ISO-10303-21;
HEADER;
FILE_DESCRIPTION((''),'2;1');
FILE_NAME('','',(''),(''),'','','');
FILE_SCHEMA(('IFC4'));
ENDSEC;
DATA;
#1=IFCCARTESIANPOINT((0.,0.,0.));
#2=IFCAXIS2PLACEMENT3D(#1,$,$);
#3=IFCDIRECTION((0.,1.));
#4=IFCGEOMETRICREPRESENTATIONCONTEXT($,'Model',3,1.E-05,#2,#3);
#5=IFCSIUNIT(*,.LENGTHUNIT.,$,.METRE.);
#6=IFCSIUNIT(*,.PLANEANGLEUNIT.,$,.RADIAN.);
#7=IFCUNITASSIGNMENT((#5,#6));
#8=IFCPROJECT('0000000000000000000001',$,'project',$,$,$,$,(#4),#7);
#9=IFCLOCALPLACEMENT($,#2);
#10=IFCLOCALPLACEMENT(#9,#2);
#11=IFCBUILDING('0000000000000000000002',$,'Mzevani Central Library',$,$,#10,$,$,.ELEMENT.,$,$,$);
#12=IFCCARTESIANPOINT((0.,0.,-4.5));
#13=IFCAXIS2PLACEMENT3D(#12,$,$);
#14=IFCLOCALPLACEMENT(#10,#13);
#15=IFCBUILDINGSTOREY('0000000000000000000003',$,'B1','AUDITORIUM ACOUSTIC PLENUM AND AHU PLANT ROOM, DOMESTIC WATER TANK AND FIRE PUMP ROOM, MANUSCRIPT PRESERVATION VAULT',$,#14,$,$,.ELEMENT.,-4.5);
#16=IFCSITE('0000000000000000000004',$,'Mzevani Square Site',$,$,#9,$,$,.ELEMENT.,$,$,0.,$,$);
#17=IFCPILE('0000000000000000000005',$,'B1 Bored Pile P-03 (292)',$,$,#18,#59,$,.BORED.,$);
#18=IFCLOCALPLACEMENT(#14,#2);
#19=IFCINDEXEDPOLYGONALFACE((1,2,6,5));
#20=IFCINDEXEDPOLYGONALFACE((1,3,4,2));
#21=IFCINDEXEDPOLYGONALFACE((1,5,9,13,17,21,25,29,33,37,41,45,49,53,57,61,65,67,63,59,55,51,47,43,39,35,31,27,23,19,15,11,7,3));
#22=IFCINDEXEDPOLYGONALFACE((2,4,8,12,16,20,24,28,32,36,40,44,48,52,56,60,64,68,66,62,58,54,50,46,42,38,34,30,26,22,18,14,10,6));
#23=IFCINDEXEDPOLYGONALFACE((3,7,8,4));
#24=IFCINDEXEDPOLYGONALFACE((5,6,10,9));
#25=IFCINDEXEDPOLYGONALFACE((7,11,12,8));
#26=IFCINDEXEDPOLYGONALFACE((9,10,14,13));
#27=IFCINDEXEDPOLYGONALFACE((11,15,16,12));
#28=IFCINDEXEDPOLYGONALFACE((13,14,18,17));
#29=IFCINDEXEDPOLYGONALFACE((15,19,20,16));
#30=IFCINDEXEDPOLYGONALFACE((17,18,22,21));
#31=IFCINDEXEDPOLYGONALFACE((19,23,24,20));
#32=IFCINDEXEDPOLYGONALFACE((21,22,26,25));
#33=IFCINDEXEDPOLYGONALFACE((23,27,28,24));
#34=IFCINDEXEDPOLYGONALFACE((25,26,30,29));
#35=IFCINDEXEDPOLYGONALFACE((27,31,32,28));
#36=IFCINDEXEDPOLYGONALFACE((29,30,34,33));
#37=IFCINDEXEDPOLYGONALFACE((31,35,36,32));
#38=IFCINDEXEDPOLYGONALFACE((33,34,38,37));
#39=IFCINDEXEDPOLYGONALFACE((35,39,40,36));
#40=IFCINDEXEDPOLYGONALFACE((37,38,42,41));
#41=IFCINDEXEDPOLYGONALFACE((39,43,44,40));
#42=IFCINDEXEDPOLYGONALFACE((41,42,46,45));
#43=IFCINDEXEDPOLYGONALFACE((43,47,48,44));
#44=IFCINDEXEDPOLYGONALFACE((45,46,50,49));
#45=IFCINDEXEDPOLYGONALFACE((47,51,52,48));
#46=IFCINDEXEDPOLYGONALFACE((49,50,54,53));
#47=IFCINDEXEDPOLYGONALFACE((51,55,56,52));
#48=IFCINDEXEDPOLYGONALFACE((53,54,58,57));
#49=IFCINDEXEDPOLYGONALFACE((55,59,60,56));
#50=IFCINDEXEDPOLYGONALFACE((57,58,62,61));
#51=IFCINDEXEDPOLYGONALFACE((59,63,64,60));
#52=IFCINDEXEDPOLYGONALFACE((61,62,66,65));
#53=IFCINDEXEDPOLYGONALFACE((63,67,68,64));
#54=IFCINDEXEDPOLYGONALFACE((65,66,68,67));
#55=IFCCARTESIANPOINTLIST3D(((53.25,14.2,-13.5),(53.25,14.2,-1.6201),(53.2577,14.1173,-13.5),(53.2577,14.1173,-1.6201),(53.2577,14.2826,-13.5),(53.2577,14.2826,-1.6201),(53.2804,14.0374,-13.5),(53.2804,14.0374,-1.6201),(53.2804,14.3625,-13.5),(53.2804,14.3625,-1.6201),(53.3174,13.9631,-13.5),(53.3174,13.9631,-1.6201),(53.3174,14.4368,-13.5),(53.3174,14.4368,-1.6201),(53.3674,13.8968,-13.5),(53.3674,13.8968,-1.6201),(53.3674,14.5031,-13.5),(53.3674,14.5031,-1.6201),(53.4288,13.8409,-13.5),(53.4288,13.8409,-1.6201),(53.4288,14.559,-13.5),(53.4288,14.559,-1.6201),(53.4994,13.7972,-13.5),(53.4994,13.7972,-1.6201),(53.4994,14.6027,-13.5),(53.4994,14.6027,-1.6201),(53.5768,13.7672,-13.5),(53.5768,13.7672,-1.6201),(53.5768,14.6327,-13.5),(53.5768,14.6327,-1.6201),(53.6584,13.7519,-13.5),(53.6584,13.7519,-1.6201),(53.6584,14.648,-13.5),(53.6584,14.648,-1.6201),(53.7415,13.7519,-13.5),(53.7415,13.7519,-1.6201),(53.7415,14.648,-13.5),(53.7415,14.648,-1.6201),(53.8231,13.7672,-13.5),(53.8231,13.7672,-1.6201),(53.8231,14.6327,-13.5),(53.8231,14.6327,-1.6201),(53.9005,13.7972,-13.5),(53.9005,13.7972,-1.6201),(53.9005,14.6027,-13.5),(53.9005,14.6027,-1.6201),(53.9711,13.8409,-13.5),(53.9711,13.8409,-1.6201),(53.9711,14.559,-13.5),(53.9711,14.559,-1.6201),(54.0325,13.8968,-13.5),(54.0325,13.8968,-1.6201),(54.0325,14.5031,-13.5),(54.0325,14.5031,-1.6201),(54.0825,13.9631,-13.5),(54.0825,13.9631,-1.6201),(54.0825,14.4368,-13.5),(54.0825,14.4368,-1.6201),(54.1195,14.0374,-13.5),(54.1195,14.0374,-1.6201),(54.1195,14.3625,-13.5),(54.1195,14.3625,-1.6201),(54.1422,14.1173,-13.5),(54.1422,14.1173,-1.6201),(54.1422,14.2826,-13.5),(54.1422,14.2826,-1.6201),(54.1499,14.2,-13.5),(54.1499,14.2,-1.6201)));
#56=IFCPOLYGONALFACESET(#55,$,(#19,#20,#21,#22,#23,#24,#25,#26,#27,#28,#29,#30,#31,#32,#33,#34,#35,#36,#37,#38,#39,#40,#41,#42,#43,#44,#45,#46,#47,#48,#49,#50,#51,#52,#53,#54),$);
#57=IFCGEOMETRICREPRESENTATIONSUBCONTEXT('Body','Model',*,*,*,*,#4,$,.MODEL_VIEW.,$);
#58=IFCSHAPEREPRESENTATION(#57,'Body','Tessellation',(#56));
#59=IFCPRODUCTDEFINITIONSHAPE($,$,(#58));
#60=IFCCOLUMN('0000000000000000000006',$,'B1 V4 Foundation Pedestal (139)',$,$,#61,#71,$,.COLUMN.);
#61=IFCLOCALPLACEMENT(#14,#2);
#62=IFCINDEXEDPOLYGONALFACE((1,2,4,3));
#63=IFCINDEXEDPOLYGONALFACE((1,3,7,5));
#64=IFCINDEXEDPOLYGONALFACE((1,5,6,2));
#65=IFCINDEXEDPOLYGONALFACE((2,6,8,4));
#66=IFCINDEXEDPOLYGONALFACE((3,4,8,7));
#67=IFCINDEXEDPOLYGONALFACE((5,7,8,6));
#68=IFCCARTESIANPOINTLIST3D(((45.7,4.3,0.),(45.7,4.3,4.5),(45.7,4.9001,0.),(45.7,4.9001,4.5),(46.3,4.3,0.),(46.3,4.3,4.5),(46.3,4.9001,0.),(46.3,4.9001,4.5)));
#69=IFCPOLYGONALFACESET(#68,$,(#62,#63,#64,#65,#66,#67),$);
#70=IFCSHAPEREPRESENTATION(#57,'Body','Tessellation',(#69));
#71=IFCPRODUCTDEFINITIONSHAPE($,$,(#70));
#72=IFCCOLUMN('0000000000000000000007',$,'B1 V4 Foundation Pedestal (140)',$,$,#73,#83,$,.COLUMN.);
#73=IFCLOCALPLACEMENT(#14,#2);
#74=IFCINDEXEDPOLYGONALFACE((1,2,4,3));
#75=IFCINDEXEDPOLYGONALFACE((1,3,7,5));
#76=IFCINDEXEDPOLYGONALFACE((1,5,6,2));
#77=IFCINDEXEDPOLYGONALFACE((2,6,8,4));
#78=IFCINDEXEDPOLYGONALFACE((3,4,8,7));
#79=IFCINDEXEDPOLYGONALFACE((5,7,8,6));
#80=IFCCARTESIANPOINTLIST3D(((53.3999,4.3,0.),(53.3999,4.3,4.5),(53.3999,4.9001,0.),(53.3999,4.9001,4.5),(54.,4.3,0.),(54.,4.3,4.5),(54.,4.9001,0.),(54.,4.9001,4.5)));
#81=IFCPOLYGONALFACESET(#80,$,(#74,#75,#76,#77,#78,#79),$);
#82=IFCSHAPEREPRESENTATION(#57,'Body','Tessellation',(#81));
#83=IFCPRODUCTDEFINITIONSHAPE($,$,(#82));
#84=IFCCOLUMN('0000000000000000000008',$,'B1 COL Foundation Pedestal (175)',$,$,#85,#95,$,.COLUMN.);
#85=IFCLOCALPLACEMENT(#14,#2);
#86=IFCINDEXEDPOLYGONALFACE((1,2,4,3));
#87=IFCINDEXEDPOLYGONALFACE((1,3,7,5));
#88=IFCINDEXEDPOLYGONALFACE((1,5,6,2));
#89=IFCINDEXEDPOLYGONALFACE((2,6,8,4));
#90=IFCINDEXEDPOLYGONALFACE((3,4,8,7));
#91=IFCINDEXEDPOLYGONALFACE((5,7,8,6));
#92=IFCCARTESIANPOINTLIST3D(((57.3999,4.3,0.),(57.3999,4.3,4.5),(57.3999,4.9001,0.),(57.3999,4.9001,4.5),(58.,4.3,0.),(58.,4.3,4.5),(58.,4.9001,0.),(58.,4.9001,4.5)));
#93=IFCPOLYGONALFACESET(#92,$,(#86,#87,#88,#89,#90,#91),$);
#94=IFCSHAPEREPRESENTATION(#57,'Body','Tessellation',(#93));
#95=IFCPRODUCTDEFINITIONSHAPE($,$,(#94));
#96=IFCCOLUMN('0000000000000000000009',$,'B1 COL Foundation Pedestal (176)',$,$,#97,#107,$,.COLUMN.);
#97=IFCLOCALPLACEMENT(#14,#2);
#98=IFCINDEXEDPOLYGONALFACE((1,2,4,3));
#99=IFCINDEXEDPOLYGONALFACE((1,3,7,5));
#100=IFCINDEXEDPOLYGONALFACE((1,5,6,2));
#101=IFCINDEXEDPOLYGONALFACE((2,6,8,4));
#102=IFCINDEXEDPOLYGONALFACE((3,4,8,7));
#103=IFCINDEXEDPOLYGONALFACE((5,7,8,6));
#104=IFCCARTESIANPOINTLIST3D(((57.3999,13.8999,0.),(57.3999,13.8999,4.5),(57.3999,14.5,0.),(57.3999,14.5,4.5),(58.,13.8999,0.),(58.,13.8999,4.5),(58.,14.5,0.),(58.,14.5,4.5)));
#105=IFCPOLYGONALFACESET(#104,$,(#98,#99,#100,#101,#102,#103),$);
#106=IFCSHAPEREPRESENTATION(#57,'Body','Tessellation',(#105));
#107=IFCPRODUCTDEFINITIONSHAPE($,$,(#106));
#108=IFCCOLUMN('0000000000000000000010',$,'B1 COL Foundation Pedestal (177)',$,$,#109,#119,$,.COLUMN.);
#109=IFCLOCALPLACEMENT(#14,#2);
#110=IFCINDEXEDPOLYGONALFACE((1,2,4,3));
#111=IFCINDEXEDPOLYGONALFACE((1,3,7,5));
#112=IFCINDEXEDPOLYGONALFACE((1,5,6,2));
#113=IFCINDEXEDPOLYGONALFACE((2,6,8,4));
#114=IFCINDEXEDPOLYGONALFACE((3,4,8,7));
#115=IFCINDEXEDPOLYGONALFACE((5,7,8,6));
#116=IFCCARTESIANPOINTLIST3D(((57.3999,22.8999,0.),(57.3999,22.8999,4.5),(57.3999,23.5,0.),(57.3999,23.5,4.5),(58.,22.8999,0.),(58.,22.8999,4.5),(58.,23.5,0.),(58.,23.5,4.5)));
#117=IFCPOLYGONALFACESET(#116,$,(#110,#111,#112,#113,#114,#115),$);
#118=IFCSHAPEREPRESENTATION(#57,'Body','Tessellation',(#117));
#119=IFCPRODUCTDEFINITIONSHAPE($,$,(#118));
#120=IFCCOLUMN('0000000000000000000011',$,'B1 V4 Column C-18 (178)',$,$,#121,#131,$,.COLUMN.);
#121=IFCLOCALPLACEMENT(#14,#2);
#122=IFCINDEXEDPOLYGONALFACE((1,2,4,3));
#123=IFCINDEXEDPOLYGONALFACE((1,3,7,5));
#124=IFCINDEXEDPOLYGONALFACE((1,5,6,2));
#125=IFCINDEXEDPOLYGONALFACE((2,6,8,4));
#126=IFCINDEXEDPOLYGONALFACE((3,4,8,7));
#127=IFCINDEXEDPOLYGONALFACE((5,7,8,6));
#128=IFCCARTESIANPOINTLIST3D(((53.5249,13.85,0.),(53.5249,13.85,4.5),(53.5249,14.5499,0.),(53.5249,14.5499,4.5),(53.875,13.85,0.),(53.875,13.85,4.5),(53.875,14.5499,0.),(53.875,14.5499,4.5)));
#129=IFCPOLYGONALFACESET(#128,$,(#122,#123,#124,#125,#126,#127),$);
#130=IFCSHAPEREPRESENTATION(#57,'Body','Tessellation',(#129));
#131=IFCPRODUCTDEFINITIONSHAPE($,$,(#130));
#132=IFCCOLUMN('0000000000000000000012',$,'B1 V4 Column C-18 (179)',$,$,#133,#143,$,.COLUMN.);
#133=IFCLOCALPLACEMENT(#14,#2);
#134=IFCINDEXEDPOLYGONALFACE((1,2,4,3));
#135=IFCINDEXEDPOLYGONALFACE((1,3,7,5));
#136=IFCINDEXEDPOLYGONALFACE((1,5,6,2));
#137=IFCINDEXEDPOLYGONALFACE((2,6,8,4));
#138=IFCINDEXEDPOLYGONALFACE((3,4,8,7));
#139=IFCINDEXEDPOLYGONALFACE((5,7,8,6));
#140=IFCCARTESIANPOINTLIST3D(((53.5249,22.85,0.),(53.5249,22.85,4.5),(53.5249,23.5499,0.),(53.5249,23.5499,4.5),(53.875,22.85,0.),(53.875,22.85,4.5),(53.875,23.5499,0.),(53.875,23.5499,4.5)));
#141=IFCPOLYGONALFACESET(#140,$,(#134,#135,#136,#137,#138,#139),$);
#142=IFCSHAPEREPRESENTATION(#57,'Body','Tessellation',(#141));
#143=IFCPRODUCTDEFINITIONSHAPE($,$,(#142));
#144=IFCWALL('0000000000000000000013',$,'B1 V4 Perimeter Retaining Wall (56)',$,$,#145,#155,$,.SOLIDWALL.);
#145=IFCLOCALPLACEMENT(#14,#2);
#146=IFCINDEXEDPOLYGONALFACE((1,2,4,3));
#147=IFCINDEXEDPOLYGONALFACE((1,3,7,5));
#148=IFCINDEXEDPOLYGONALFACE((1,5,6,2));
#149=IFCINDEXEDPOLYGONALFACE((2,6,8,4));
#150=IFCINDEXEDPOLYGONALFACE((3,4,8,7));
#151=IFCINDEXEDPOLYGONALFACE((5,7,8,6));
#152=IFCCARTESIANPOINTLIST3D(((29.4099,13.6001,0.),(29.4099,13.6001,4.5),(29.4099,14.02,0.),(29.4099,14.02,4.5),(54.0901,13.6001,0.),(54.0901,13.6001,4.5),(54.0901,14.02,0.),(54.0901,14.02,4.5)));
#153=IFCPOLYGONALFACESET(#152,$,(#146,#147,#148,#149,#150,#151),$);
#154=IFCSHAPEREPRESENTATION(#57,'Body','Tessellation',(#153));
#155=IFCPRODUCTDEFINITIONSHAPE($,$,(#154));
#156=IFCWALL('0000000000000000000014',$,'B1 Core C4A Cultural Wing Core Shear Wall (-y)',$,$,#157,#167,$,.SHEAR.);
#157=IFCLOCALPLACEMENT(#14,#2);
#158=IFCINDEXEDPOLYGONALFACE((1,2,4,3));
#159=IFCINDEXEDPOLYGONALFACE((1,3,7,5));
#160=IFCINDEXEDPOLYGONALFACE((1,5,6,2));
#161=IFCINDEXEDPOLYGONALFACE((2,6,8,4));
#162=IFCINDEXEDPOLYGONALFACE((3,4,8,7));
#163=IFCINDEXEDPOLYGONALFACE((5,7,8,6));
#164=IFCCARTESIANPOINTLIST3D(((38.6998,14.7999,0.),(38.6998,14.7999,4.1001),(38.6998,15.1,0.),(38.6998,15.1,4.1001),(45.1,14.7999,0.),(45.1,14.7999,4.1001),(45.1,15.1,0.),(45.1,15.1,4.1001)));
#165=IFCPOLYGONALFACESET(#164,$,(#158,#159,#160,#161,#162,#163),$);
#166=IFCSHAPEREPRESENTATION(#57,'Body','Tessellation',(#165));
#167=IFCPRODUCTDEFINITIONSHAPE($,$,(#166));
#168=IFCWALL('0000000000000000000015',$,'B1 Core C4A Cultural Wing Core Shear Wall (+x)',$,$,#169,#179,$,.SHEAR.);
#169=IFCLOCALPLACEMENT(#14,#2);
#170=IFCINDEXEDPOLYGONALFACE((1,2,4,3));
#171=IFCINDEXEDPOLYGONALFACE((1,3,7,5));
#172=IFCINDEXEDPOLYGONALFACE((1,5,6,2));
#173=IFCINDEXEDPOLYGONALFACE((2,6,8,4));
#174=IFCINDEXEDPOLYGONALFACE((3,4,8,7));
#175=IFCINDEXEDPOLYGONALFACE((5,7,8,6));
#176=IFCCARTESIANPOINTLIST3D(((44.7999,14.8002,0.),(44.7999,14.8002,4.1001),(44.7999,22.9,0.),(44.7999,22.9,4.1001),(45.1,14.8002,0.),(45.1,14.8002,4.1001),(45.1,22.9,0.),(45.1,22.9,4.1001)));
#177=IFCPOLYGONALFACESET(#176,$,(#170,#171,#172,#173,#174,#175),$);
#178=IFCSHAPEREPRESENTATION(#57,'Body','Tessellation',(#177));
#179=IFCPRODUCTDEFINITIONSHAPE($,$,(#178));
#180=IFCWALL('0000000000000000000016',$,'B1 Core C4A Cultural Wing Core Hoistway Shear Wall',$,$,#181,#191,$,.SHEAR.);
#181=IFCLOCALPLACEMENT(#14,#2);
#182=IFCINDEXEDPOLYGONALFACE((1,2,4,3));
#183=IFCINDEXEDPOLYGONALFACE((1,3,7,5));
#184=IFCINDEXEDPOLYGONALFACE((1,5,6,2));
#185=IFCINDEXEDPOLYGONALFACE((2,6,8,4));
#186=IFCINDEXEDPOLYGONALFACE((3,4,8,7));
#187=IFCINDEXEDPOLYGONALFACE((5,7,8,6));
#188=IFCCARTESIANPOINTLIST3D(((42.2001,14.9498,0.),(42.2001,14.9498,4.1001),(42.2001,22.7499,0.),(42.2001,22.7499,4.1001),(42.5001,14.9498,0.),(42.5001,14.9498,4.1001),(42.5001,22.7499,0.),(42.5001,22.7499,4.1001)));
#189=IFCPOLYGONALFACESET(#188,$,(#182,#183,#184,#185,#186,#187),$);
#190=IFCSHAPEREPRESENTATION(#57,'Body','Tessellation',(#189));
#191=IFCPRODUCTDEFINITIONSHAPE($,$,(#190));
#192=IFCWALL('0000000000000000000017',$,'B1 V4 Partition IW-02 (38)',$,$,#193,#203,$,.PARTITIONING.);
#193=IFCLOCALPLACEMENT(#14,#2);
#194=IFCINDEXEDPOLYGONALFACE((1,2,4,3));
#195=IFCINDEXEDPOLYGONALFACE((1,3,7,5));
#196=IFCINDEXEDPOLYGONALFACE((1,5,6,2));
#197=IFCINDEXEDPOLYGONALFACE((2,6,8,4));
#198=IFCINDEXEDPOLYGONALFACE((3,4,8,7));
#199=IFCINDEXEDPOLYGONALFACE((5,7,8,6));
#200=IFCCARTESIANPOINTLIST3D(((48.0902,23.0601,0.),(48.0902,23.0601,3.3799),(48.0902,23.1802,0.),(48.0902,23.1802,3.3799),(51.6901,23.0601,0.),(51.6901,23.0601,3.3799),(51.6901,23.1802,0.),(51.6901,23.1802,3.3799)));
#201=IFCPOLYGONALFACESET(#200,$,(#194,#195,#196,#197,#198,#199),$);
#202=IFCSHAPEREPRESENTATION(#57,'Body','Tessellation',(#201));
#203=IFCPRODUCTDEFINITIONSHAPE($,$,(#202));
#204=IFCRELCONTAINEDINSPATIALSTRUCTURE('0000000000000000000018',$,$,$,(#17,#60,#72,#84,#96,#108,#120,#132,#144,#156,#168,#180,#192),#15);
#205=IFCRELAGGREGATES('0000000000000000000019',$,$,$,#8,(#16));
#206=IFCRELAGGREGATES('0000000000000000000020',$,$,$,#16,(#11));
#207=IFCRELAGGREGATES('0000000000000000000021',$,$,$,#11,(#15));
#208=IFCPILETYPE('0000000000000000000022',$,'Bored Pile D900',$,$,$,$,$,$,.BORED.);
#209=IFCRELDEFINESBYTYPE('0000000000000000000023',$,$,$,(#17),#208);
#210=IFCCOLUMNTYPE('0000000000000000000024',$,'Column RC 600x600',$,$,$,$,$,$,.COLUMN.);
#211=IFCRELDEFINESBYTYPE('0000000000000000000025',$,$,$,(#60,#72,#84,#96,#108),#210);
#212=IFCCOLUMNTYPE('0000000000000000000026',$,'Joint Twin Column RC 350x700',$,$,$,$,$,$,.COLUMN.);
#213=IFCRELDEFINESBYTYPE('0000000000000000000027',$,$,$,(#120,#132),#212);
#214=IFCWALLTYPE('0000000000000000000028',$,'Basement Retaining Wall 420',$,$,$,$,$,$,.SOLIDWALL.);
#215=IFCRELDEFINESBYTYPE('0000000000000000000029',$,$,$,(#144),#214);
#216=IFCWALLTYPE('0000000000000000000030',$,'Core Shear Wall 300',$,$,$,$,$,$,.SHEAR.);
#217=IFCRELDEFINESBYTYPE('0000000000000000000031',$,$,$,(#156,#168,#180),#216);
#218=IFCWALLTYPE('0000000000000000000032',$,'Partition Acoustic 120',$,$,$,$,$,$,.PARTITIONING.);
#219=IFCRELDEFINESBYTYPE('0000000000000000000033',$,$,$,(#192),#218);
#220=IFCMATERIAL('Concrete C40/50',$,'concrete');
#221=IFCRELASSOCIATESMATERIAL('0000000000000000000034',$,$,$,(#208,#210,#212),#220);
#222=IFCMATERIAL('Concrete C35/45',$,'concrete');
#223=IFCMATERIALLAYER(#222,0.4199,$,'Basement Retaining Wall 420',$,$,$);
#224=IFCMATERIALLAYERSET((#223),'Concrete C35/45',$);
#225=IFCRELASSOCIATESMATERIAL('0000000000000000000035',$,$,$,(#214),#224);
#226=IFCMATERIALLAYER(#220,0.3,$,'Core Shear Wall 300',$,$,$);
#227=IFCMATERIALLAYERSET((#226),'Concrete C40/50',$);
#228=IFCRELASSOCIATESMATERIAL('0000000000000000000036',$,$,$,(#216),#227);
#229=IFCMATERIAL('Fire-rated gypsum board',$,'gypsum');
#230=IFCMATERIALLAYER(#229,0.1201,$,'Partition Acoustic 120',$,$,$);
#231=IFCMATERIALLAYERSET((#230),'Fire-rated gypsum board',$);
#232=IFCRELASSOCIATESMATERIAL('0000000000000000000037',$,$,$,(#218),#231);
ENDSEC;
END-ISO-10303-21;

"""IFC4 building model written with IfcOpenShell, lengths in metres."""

from ifc_helpers import new_model, si_unit, direction, frame, frame_2d, origin, origin_2d, place, context, subcontext, project, spatial, rectangle, circle, extrude, material, layer, layer_set, material_profile, profile_set, type_object, element, save


model = new_model("IFC4")

# Units and contexts
model_context = context("Model", 3, precision=1e-05, world=origin(), true_north=direction((0.0, 1.0)))
body_context = subcontext(model_context, "Body", "Model", "MODEL_VIEW")
ifc_project = project(units=[si_unit("LENGTHUNIT", "METRE"), si_unit("PLANEANGLEUNIT", "RADIAN")], contexts=[model_context])

# Site, building, storey
site_placement = place(None, origin())
site = spatial("IfcSite", under=ifc_project, at=site_placement, Name="Mzevani Square Site", CompositionType="ELEMENT", RefElevation=0.0)
building_placement = place(site_placement, origin())
building = spatial("IfcBuilding", under=site, at=building_placement, Name="Mzevani Central Library", CompositionType="ELEMENT")
storey_placement = place(building_placement, frame((0.0, 0.0, -4.5)))
storey = spatial("IfcBuildingStorey", under=building, at=storey_placement, Name="B1", Description="AUDITORIUM ACOUSTIC PLENUM AND AHU PLANT ROOM, DOMESTIC WATER TANK AND FIRE PUMP ROOM, MANUSCRIPT PRESERVATION VAULT", CompositionType="ELEMENT", Elevation=-4.5)

# Pile
ifc_material_1 = material(Name="Concrete C40/50", Category="concrete")
ifc_material_profile_1 = material_profile(ifc_material_1, circle(Radius=0.45, at=origin_2d()), Name="PILE D900")
ifc_profile_set_1 = profile_set([ifc_material_profile_1], Name="Concrete C40/50")
pile_type_1 = type_object("IfcPileType", Name="Bored Pile D900", PredefinedType="BORED", material=ifc_profile_set_1)
pile_1_placement = place(storey_placement, frame((53.7, 14.2, -1.6201), z_axis=(0.0, 0.0, -1.0), x_axis=(1.0, 0.0, 0.0)))
element("IfcPile", 1, at=pile_1_placement, inside=storey, type_object=pile_type_1, Name="B1 Bored Pile P-03 (292)", PredefinedType="BORED", context=body_context, shape_type="SweptSolid", body=[
    extrude(circle(Radius=0.45, at=origin_2d()), origin(), (0.0, 0.0, 1.0), 11.8799),
])

# Columns
ifc_material_profile_2 = material_profile(ifc_material_1, rectangle(XDim=0.6001, YDim=0.6001, at=origin_2d()), Name="RC 600x600")
ifc_profile_set_2 = profile_set([ifc_material_profile_2], Name="Concrete C40/50")
column_type_1 = type_object("IfcColumnType", Name="Column RC 600x600", PredefinedType="COLUMN", material=ifc_profile_set_2)
for number, where, z_axis, x_axis, name in (
    (2, (46.0, 4.6001, 0.0), (0.0, 0.0, 1.0), (1.0, 0.0, 0.0), "B1 V4 Foundation Pedestal (139)"),
    (3, (53.7, 4.6001, 0.0), (0.0, 0.0, 1.0), (1.0, 0.0, 0.0), "B1 V4 Foundation Pedestal (140)"),
    (4, (57.7, 4.6001, 0.0), (0.0, 0.0, 1.0), (1.0, 0.0, 0.0), "B1 COL Foundation Pedestal (175)"),
    (5, (57.7, 14.2, 0.0), (0.0, 0.0, 1.0), (1.0, 0.0, 0.0), "B1 COL Foundation Pedestal (176)"),
    (6, (57.7, 23.2, 0.0), (0.0, 0.0, 1.0), (1.0, 0.0, 0.0), "B1 COL Foundation Pedestal (177)"),
):
    element("IfcColumn", number, at=place(storey_placement, frame(where, z_axis=z_axis, x_axis=x_axis)), inside=storey, type_object=column_type_1, Name=name, PredefinedType="COLUMN", context=body_context, shape_type="SweptSolid", body=[
        extrude(rectangle(XDim=0.6001, YDim=0.6001, at=origin_2d()), origin(), (0.0, 0.0, 1.0), 4.5),
    ])
ifc_material_profile_3 = material_profile(ifc_material_1, rectangle(XDim=0.3501, YDim=0.7, at=origin_2d()), Name="RC 350x700")
ifc_profile_set_3 = profile_set([ifc_material_profile_3], Name="Concrete C40/50")
column_type_2 = type_object("IfcColumnType", Name="Joint Twin Column RC 350x700", PredefinedType="COLUMN", material=ifc_profile_set_3)
for number, where, z_axis, x_axis, name in (
    (7, (53.7, 14.2, 0.0), (0.0, 0.0, 1.0), (1.0, 0.0, 0.0), "B1 V4 Column C-18 (178)"),
    (8, (53.7, 23.2, 0.0), (0.0, 0.0, 1.0), (1.0, 0.0, 0.0), "B1 V4 Column C-18 (179)"),
):
    element("IfcColumn", number, at=place(storey_placement, frame(where, z_axis=z_axis, x_axis=x_axis)), inside=storey, type_object=column_type_2, Name=name, PredefinedType="COLUMN", context=body_context, shape_type="SweptSolid", body=[
        extrude(rectangle(XDim=0.3501, YDim=0.7, at=origin_2d()), origin(), (0.0, 0.0, 1.0), 4.5),
    ])

# Walls
ifc_material_2 = material(Name="Concrete C35/45", Category="concrete")
ifc_layer_1 = layer(ifc_material_2, 0.4199, Name="Basement Retaining Wall 420")
ifc_layer_set_1 = layer_set([ifc_layer_1], Name="Concrete C35/45")
wall_type_1 = type_object("IfcWallType", Name="Basement Retaining Wall 420", PredefinedType="SOLIDWALL", material=ifc_layer_set_1)
wall_1_placement = place(storey_placement, frame((54.0901, 13.8101, 0.0), z_axis=(0.0, 0.0, 1.0), x_axis=(-1.0, 0.0, 0.0)))
element("IfcWall", 9, at=wall_1_placement, inside=storey, type_object=wall_type_1, Name="B1 V4 Perimeter Retaining Wall (56)", PredefinedType="SOLIDWALL", context=body_context, shape_type="SweptSolid", body=[
    extrude(rectangle(XDim=24.6802, YDim=0.4199, at=frame_2d((12.3401, 0.0))), origin(), (0.0, 0.0, 1.0), 4.5),
])
ifc_layer_2 = layer(ifc_material_1, 0.3, Name="Core Shear Wall 300")
ifc_layer_set_2 = layer_set([ifc_layer_2], Name="Concrete C40/50")
wall_type_2 = type_object("IfcWallType", Name="Core Shear Wall 300", PredefinedType="SHEAR", material=ifc_layer_set_2)
wall_2_placement = place(storey_placement, frame((45.1001, 14.95, 0.0), z_axis=(0.0, 0.0, 1.0), x_axis=(-1.0, 0.0, 0.0)))
element("IfcWall", 10, at=wall_2_placement, inside=storey, type_object=wall_type_2, Name="B1 Core C4A Cultural Wing Core Shear Wall (-y)", PredefinedType="SHEAR", context=body_context, shape_type="SweptSolid", body=[
    extrude(rectangle(XDim=6.4001, YDim=0.3, at=frame_2d((3.2002, 0.0))), origin(), (0.0, 0.0, 1.0), 4.1001),
])
wall_3_placement = place(storey_placement, frame((44.95, 22.8999, 0.0), z_axis=(0.0, 0.0, 1.0), x_axis=(0.0, -1.0, 0.0)))
element("IfcWall", 11, at=wall_3_placement, inside=storey, type_object=wall_type_2, Name="B1 Core C4A Cultural Wing Core Shear Wall (+x)", PredefinedType="SHEAR", context=body_context, shape_type="SweptSolid", body=[
    extrude(rectangle(XDim=8.0999, YDim=0.3, at=frame_2d((4.0498, 0.0))), origin(), (0.0, 0.0, 1.0), 4.1001),
])
wall_4_placement = place(storey_placement, frame((42.3501, 14.95, 0.0), z_axis=(0.0, 0.0, 1.0), x_axis=(0.0, 1.0, 0.0)))
element("IfcWall", 12, at=wall_4_placement, inside=storey, type_object=wall_type_2, Name="B1 Core C4A Cultural Wing Core Hoistway Shear Wall", PredefinedType="SHEAR", context=body_context, shape_type="SweptSolid", body=[
    extrude(rectangle(XDim=7.8, YDim=0.3, at=frame_2d((3.8999, 0.0))), origin(), (0.0, 0.0, 1.0), 4.1001),
])
ifc_material_3 = material(Name="Fire-rated gypsum board", Category="gypsum")
ifc_layer_3 = layer(ifc_material_3, 0.1201, Name="Partition Acoustic 120")
ifc_layer_set_3 = layer_set([ifc_layer_3], Name="Fire-rated gypsum board")
wall_type_3 = type_object("IfcWallType", Name="Partition Acoustic 120", PredefinedType="PARTITIONING", material=ifc_layer_set_3)
wall_5_placement = place(storey_placement, frame((51.6899, 23.1201, 0.0), z_axis=(0.0, 0.0, 1.0), x_axis=(-1.0, 0.0, 0.0)))
element("IfcWall", 13, at=wall_5_placement, inside=storey, type_object=wall_type_3, Name="B1 V4 Partition IW-02 (38)", PredefinedType="PARTITIONING", context=body_context, shape_type="SweptSolid", body=[
    extrude(rectangle(XDim=3.5999, YDim=0.1201, at=frame_2d((1.7998, 0.0))), origin(), (0.0, 0.0, 1.0), 3.3799),
])

save(model, "model.ifc")
